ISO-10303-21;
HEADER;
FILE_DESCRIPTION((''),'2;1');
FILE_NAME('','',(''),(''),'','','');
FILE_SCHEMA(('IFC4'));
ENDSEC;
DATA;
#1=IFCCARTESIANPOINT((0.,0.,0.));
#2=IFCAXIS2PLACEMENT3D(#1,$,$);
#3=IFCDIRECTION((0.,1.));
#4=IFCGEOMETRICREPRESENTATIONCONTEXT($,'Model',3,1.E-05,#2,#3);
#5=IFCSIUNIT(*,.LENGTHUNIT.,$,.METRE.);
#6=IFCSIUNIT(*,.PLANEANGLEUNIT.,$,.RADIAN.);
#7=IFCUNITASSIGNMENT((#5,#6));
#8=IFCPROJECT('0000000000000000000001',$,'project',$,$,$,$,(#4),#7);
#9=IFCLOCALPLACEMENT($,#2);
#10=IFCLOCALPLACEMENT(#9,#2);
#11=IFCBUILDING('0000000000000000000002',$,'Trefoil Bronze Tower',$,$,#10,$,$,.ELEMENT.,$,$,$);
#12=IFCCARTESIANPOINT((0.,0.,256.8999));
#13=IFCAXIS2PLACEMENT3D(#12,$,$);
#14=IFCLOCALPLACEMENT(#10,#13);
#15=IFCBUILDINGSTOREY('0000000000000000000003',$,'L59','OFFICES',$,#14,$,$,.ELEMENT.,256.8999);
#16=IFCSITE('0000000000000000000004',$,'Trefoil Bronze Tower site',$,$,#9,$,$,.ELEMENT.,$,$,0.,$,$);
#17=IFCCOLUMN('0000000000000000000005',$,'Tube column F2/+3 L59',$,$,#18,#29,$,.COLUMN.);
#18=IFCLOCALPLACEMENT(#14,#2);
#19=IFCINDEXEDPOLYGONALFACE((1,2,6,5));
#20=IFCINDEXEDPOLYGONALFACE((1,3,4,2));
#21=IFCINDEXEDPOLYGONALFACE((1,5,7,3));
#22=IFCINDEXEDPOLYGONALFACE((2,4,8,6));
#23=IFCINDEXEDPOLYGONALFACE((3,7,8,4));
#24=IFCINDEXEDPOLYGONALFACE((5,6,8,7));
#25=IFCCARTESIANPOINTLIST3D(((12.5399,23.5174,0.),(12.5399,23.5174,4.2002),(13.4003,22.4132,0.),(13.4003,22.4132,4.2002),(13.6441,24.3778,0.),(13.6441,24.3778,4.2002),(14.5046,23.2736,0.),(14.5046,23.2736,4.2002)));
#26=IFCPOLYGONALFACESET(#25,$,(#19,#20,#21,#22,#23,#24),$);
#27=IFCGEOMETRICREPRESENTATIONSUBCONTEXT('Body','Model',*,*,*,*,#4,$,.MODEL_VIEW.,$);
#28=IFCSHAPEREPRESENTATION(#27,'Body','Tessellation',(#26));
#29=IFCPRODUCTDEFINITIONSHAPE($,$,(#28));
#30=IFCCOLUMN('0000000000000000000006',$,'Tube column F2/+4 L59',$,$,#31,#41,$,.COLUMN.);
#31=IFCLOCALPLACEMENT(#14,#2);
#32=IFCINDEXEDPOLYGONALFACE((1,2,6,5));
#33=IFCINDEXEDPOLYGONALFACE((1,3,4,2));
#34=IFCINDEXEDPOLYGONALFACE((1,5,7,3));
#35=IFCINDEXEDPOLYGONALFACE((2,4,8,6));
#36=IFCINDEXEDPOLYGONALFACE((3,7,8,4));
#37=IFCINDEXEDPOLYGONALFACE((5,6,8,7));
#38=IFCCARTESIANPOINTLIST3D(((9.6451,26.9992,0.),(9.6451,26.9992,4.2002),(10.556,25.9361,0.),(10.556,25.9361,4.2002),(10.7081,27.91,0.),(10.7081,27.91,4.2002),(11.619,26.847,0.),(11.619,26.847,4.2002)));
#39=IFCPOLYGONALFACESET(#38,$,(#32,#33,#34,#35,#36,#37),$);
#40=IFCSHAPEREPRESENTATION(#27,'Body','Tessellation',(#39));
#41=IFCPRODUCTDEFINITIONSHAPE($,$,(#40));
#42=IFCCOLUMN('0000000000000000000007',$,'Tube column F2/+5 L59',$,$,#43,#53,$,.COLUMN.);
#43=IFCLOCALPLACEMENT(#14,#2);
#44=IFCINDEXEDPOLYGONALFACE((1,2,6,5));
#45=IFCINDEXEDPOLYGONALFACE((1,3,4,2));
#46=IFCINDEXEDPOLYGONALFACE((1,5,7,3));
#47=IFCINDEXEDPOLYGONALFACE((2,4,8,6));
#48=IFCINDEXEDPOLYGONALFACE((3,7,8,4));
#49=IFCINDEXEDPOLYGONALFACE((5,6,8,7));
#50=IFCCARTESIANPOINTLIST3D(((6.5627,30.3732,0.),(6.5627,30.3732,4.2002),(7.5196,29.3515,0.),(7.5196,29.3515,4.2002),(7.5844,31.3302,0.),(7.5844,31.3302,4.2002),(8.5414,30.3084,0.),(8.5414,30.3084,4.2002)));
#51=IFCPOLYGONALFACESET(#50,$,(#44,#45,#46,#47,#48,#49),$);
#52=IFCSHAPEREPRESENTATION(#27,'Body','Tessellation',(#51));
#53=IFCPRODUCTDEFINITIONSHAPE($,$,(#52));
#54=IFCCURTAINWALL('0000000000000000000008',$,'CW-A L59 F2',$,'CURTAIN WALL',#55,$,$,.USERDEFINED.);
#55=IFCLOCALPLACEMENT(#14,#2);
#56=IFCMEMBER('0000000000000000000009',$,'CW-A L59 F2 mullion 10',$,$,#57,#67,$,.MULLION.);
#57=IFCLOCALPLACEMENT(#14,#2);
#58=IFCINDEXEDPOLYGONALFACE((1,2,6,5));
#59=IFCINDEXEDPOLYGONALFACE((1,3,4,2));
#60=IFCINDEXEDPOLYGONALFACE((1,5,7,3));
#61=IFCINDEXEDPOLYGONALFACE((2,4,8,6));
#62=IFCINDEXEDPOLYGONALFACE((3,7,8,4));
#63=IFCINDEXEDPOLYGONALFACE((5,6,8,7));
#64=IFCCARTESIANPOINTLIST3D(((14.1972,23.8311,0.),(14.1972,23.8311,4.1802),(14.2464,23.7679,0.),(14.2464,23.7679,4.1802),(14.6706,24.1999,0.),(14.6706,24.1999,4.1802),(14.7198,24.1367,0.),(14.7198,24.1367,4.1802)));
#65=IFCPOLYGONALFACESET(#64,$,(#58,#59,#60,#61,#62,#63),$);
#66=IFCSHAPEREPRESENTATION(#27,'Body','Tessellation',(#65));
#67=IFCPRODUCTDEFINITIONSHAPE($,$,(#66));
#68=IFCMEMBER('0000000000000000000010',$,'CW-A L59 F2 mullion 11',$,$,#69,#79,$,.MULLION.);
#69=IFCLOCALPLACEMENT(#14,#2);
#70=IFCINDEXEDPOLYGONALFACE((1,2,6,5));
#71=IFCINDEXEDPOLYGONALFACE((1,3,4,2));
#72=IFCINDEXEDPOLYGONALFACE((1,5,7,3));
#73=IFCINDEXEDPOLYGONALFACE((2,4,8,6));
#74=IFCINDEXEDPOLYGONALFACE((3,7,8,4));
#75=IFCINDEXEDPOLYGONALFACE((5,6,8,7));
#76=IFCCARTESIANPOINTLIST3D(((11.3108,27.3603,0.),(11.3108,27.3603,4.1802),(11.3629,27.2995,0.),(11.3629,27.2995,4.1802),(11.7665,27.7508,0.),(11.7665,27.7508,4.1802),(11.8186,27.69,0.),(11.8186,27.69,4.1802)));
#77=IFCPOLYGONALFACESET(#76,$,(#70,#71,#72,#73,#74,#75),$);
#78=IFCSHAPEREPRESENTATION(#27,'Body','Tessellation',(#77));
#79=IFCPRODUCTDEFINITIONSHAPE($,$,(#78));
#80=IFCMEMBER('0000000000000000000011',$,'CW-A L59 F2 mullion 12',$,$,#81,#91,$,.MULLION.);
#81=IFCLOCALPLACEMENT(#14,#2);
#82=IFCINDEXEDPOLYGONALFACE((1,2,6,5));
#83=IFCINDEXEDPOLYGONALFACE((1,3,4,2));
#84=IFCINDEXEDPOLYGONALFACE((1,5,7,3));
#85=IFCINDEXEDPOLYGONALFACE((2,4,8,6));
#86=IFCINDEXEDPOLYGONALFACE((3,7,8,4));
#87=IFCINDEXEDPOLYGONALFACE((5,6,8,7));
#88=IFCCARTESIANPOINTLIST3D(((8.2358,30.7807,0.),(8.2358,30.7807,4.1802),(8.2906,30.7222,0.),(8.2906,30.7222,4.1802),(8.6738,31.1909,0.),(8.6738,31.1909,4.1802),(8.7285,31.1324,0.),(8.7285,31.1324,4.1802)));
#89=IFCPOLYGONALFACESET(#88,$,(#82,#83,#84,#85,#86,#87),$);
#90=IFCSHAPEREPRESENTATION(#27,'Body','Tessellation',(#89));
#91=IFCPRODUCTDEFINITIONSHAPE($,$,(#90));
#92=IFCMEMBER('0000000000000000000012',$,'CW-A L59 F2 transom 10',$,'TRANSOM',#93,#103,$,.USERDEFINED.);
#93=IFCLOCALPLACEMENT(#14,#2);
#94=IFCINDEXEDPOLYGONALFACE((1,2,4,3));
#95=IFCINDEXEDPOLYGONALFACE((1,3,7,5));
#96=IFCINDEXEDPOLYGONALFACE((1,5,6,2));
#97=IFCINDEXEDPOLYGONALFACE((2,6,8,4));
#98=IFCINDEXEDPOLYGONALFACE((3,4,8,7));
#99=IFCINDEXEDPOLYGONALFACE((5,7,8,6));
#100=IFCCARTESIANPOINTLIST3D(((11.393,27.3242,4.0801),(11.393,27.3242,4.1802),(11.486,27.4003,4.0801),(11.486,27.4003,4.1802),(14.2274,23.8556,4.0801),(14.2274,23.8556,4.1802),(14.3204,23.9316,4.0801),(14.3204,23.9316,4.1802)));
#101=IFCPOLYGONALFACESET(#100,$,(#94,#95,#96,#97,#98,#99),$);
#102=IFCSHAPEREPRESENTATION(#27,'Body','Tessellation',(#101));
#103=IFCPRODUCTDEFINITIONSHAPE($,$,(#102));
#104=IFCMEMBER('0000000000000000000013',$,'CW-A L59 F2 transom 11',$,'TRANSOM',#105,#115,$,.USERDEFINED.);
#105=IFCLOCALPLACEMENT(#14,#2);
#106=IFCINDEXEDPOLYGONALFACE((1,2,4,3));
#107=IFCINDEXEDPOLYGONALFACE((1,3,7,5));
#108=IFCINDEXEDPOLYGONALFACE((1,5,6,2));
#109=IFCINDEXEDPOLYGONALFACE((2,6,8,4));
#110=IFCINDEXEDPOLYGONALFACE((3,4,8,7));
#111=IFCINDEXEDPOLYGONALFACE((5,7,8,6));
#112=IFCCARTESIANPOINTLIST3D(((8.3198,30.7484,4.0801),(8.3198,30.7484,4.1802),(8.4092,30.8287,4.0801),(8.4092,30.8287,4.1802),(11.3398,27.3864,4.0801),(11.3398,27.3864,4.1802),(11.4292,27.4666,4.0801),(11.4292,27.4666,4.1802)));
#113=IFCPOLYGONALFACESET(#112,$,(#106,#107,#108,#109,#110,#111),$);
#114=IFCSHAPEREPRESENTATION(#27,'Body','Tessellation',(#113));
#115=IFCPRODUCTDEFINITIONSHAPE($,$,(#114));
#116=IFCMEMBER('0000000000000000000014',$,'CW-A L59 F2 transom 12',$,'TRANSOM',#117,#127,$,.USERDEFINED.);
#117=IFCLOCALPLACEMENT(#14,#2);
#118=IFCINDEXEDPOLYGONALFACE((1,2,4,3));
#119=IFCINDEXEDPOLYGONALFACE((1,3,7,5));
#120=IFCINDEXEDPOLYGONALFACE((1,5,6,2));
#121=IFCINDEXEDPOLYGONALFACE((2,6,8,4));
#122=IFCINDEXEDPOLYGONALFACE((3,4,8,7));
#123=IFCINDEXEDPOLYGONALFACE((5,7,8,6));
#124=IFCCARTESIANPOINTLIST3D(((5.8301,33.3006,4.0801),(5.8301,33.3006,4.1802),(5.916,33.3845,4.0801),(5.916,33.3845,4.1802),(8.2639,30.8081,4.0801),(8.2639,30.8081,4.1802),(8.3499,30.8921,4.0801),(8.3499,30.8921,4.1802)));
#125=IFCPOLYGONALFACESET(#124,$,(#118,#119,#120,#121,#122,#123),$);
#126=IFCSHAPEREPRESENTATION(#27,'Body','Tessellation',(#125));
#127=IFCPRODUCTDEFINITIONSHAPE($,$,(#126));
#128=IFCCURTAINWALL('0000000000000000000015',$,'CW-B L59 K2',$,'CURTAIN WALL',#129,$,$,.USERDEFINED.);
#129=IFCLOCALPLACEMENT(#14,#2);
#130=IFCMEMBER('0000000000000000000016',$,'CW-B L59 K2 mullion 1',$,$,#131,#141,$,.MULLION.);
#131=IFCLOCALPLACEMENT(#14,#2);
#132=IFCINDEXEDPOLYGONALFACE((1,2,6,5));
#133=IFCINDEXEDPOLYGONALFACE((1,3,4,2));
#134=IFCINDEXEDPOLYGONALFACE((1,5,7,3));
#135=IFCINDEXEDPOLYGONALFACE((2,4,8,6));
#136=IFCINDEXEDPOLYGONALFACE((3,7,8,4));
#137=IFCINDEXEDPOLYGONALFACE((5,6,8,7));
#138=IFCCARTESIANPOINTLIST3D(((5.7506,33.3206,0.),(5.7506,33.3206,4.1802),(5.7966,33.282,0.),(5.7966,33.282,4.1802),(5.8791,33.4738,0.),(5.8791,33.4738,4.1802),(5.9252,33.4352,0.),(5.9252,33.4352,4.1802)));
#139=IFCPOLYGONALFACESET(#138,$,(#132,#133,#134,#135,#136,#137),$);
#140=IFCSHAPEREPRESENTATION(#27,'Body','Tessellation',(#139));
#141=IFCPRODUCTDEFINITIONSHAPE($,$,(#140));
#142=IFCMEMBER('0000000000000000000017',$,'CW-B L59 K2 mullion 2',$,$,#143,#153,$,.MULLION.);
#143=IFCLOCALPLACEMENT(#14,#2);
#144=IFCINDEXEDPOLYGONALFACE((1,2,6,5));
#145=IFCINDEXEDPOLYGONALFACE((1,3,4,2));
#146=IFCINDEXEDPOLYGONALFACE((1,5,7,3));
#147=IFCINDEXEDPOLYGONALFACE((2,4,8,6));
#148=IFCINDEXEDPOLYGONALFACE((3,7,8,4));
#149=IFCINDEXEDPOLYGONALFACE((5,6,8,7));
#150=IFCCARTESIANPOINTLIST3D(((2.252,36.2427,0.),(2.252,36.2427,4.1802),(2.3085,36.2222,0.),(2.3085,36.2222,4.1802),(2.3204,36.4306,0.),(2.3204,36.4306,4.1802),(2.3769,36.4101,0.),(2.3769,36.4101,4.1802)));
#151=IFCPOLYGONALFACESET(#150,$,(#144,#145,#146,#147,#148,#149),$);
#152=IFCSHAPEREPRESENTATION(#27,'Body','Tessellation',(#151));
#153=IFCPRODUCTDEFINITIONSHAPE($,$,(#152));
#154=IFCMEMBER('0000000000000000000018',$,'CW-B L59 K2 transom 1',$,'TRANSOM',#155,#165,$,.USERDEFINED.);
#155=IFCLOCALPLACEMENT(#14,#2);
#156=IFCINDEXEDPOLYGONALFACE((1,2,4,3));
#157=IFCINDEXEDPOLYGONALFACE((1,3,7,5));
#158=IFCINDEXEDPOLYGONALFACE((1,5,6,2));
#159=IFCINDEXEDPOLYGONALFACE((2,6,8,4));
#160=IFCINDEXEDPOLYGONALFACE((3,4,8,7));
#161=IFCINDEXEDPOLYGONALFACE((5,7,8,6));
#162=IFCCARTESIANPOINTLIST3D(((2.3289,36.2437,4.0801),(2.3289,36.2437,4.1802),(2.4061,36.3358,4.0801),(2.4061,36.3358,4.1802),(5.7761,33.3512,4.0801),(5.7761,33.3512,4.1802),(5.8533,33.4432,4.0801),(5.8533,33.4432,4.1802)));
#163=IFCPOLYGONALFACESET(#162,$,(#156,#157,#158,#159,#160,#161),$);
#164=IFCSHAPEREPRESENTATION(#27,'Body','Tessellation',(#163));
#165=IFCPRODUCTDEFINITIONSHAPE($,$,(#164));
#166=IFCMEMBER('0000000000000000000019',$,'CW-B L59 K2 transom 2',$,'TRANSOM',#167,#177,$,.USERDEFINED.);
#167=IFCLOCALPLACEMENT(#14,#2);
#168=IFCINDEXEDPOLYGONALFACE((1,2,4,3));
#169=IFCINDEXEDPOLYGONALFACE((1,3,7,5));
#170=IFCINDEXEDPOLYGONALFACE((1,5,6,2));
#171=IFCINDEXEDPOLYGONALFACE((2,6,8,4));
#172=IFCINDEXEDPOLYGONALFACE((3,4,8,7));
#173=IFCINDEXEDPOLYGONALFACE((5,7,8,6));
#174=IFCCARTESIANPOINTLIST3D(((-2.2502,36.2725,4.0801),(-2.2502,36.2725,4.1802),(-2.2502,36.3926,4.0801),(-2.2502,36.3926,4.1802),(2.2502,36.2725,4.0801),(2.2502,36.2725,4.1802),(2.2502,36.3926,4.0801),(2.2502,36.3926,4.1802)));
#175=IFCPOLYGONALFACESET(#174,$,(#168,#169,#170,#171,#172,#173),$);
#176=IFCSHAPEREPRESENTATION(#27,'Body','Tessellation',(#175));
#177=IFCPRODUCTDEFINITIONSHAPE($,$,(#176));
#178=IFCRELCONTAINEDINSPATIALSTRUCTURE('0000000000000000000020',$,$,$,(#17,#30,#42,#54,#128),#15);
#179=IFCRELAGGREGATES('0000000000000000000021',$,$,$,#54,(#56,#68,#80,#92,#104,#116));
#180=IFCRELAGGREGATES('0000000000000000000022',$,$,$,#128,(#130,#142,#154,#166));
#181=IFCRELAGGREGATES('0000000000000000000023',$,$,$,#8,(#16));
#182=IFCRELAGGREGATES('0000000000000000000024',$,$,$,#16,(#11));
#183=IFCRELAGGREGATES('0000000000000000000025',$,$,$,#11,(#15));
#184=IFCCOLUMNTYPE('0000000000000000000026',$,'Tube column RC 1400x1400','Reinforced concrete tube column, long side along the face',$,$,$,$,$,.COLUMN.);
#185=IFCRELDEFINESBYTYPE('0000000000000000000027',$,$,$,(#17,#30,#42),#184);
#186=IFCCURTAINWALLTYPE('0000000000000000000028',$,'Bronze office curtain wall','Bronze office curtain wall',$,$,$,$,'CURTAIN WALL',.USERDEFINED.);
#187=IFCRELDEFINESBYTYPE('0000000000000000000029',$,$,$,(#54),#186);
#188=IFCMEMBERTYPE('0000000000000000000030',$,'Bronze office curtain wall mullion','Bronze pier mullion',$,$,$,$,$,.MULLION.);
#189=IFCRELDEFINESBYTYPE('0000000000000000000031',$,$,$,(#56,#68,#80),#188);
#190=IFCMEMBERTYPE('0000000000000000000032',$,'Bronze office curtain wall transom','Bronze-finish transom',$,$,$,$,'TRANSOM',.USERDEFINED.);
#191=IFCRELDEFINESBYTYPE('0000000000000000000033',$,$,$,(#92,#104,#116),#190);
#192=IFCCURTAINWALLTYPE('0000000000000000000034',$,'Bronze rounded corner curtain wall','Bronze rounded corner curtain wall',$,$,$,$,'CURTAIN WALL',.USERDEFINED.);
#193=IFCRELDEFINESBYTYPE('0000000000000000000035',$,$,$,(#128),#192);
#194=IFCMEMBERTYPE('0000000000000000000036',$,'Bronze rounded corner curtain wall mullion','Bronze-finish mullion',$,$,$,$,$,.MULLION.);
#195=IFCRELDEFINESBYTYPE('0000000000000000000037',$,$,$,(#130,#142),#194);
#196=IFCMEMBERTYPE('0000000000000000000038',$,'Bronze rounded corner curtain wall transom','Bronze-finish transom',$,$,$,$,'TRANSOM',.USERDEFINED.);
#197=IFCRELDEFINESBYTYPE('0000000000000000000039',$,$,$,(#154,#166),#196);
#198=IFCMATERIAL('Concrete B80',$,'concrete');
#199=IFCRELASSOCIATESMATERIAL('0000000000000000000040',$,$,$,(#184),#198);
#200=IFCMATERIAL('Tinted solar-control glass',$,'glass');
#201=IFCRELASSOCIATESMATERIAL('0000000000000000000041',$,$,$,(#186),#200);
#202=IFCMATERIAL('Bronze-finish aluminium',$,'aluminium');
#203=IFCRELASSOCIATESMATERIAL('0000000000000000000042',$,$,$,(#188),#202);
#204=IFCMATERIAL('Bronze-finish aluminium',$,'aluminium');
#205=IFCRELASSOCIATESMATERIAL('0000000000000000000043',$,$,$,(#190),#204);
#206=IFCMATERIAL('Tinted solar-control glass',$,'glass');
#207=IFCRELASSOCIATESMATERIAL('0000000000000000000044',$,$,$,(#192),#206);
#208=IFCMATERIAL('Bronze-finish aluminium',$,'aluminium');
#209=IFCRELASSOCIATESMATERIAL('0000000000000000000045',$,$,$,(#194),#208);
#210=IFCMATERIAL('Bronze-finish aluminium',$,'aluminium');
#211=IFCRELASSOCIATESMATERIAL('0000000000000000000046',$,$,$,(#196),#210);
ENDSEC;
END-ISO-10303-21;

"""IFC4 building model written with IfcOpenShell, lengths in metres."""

from ifc_helpers import new_model, si_unit, direction, frame, origin, origin_2d, place, context, subcontext, project, spatial, rectangle, extrude, material, material_profile, profile_set, type_object, element, aggregate, save


model = new_model("IFC4")

# Units and contexts
model_context = context("Model", 3, precision=1e-05, world=origin(), true_north=direction((0.0, 1.0)))
body_context = subcontext(model_context, "Body", "Model", "MODEL_VIEW")
ifc_project = project(units=[si_unit("LENGTHUNIT", "METRE"), si_unit("PLANEANGLEUNIT", "RADIAN")], contexts=[model_context])

# Site, building, storey
site_placement = place(None, origin())
site = spatial("IfcSite", under=ifc_project, at=site_placement, Name="Trefoil Bronze Tower site", CompositionType="ELEMENT", RefElevation=0.0)
building_placement = place(site_placement, origin())
building = spatial("IfcBuilding", under=site, at=building_placement, Name="Trefoil Bronze Tower", CompositionType="ELEMENT")
storey_placement = place(building_placement, frame((0.0, 0.0, 256.8999)))
storey = spatial("IfcBuildingStorey", under=building, at=storey_placement, Name="L59", Description="OFFICES", CompositionType="ELEMENT", Elevation=256.8999)

# Columns
ifc_material_1 = material(Name="Concrete B80", Category="concrete")
ifc_material_profile_1 = material_profile(ifc_material_1, rectangle(XDim=1.3999, YDim=1.3999, at=origin_2d()), Name="RC 1400x1400")
ifc_profile_set_1 = profile_set([ifc_material_profile_1], Name="Concrete B80")
column_type = type_object("IfcColumnType", Name="Tube column RC 1400x1400", Description="Reinforced concrete tube column, long side along the face", PredefinedType="COLUMN", material=ifc_profile_set_1)
for number, where, z_axis, x_axis, name in (
    (1, (13.5222, 23.3955, 0.0), (0.0, 0.0, 1.0), (-0.614622, 0.788821, 0.0), "Tube column F2/+3 L59"),
    (2, (10.6321, 26.9231, 0.0), (0.0, 0.0, 1.0), (-0.650677, 0.759355, 0.0), "Tube column F2/+4 L59"),
    (3, (7.552, 30.3408, 0.0), (0.0, 0.0, 1.0), (-0.683597, 0.72986, 0.0), "Tube column F2/+5 L59"),
):
    element("IfcColumn", number, at=place(storey_placement, frame(where, z_axis=z_axis, x_axis=x_axis)), inside=storey, type_object=column_type, Name=name, PredefinedType="COLUMN", context=body_context, shape_type="SweptSolid", body=[
        extrude(rectangle(XDim=1.3999, YDim=1.3999, at=origin_2d()), origin(), (0.0, 0.0, 1.0), 4.2002),
    ])

# Curtain walls, members
ifc_material_2 = material(Name="Tinted solar-control glass", Category="glass")
curtain_wall_type_1 = type_object("IfcCurtainWallType", Name="Bronze office curtain wall", Description="Bronze office curtain wall", ElementType="CURTAIN WALL", PredefinedType="USERDEFINED", material=ifc_material_2)
curtain_wall_1_placement = place(storey_placement, origin())
curtain_wall_1 = element("IfcCurtainWall", 4, at=curtain_wall_1_placement, inside=storey, type_object=curtain_wall_type_1, Name="CW-A L59 F2", ObjectType="CURTAIN WALL", PredefinedType="USERDEFINED")
ifc_material_3 = material(Name="Bronze-finish aluminium", Category="aluminium")
ifc_material_profile_2 = material_profile(ifc_material_3, rectangle(XDim=0.6001, YDim=0.0801, at=origin_2d()), Name="CW-A mullion")
ifc_profile_set_2 = profile_set([ifc_material_profile_2], Name="Bronze-finish aluminium")
member_type_1 = type_object("IfcMemberType", Name="Bronze office curtain wall mullion", Description="Bronze pier mullion", PredefinedType="MULLION", material=ifc_profile_set_2)
member_1_placement = place(storey_placement, frame((14.4585, 23.9839, 0.0), z_axis=(0.0, 0.0, 1.0), x_axis=(-0.788821, -0.614622, 0.0)))
member_1 = element("IfcMember", 5, at=member_1_placement, type_object=member_type_1, Name="CW-A L59 F2 mullion 10", PredefinedType="MULLION", context=body_context, shape_type="SweptSolid", body=[
    extrude(rectangle(XDim=0.6001, YDim=0.0801, at=origin_2d()), origin(), (0.0, 0.0, 1.0), 4.1802),
])
member_2_placement = place(storey_placement, frame((11.5647, 27.5251, 0.0), z_axis=(0.0, 0.0, 1.0), x_axis=(-0.759355, -0.650677, 0.0)))
member_2 = element("IfcMember", 6, at=member_2_placement, type_object=member_type_1, Name="CW-A L59 F2 mullion 11", PredefinedType="MULLION", context=body_context, shape_type="SweptSolid", body=[
    extrude(rectangle(XDim=0.6001, YDim=0.0801, at=origin_2d()), origin(), (0.0, 0.0, 1.0), 4.1802),
])
member_3_placement = place(storey_placement, frame((8.4822, 30.9565, 0.0), z_axis=(0.0, 0.0, 1.0), x_axis=(-0.72986, -0.683597, 0.0)))
member_3 = element("IfcMember", 7, at=member_3_placement, type_object=member_type_1, Name="CW-A L59 F2 mullion 12", PredefinedType="MULLION", context=body_context, shape_type="SweptSolid", body=[
    extrude(rectangle(XDim=0.6001, YDim=0.0801, at=origin_2d()), origin(), (0.0, 0.0, 1.0), 4.1802),
])
ifc_material_4 = material(Name="Bronze-finish aluminium", Category="aluminium")
ifc_material_profile_3 = material_profile(ifc_material_4, rectangle(XDim=0.1201, YDim=0.1001, at=origin_2d()), Name="CW-A transom")
ifc_profile_set_3 = profile_set([ifc_material_profile_3], Name="Bronze-finish aluminium")
member_type_2 = type_object("IfcMemberType", Name="Bronze office curtain wall transom", Description="Bronze-finish transom", ElementType="TRANSOM", PredefinedType="USERDEFINED", material=ifc_profile_set_3)
member_4_placement = place(storey_placement, frame((14.2739, 23.8936, 4.1301), z_axis=(-0.632757, 0.774351, 0.0), x_axis=(-0.774351, -0.632757, 0.0)))
member_4 = element("IfcMember", 8, at=member_4_placement, type_object=member_type_2, Name="CW-A L59 F2 transom 10", ObjectType="TRANSOM", PredefinedType="USERDEFINED", context=body_context, shape_type="SweptSolid", body=[
    extrude(rectangle(XDim=0.1201, YDim=0.1001, at=origin_2d()), origin(), (0.0, 0.0, 1.0), 4.4795),
])
member_5_placement = place(storey_placement, frame((11.3845, 27.4265, 4.1301), z_axis=(-0.668251, 0.743936, 0.0), x_axis=(-0.743936, -0.668251, 0.0)))
member_5 = element("IfcMember", 9, at=member_5_placement, type_object=member_type_2, Name="CW-A L59 F2 transom 11", ObjectType="TRANSOM", PredefinedType="USERDEFINED", context=body_context, shape_type="SweptSolid", body=[
    extrude(rectangle(XDim=0.1201, YDim=0.1001, at=origin_2d()), origin(), (0.0, 0.0, 1.0), 4.5193),
])
member_6_placement = place(storey_placement, frame((8.3069, 30.8501, 4.1301), z_axis=(-0.698647, 0.715467, 0.0), x_axis=(-0.715467, -0.698647, 0.0)))
member_6 = element("IfcMember", 10, at=member_6_placement, type_object=member_type_2, Name="CW-A L59 F2 transom 12", ObjectType="TRANSOM", PredefinedType="USERDEFINED", context=body_context, shape_type="SweptSolid", body=[
    extrude(rectangle(XDim=0.1201, YDim=0.1001, at=origin_2d()), origin(), (0.0, 0.0, 1.0), 3.4836),
])
ifc_material_5 = material(Name="Tinted solar-control glass", Category="glass")
curtain_wall_type_2 = type_object("IfcCurtainWallType", Name="Bronze rounded corner curtain wall", Description="Bronze rounded corner curtain wall", ElementType="CURTAIN WALL", PredefinedType="USERDEFINED", material=ifc_material_5)
curtain_wall_2_placement = place(storey_placement, origin())
curtain_wall_2 = element("IfcCurtainWall", 11, at=curtain_wall_2_placement, inside=storey, type_object=curtain_wall_type_2, Name="CW-B L59 K2", ObjectType="CURTAIN WALL", PredefinedType="USERDEFINED")
ifc_material_6 = material(Name="Bronze-finish aluminium", Category="aluminium")
ifc_material_profile_4 = material_profile(ifc_material_6, rectangle(XDim=0.2, YDim=0.0601, at=origin_2d()), Name="CW-B mullion")
ifc_profile_set_4 = profile_set([ifc_material_profile_4], Name="Bronze-finish aluminium")
member_type_3 = type_object("IfcMemberType", Name="Bronze rounded corner curtain wall mullion", Description="Bronze-finish mullion", PredefinedType="MULLION", material=ifc_profile_set_4)
member_7_placement = place(storey_placement, frame((5.8379, 33.3779, 0.0), z_axis=(0.0, 0.0, 1.0), x_axis=(-0.642788, -0.766044, 0.0)))
member_7 = element("IfcMember", 12, at=member_7_placement, type_object=member_type_3, Name="CW-B L59 K2 mullion 1", PredefinedType="MULLION", context=body_context, shape_type="SweptSolid", body=[
    extrude(rectangle(XDim=0.2, YDim=0.0601, at=origin_2d()), origin(), (0.0, 0.0, 1.0), 4.1802),
])
member_8_placement = place(storey_placement, frame((2.3145, 36.3264, 0.0), z_axis=(0.0, 0.0, 1.0), x_axis=(-0.34202, -0.939693, 0.0)))
member_8 = element("IfcMember", 13, at=member_8_placement, type_object=member_type_3, Name="CW-B L59 K2 mullion 2", PredefinedType="MULLION", context=body_context, shape_type="SweptSolid", body=[
    extrude(rectangle(XDim=0.2, YDim=0.0601, at=origin_2d()), origin(), (0.0, 0.0, 1.0), 4.1802),
])
ifc_material_7 = material(Name="Bronze-finish aluminium", Category="aluminium")
ifc_material_profile_5 = material_profile(ifc_material_7, rectangle(XDim=0.1201, YDim=0.1001, at=origin_2d()), Name="CW-B transom")
ifc_profile_set_5 = profile_set([ifc_material_profile_5], Name="Bronze-finish aluminium")
member_type_4 = type_object("IfcMemberType", Name="Bronze rounded corner curtain wall transom", Description="Bronze-finish transom", ElementType="TRANSOM", PredefinedType="USERDEFINED", material=ifc_profile_set_5)
member_9_placement = place(storey_placement, frame((5.8147, 33.3972, 4.1301), z_axis=(-0.766047, 0.642785, 0.0), x_axis=(-0.642785, -0.766047, 0.0)))
member_9 = element("IfcMember", 14, at=member_9_placement, type_object=member_type_4, Name="CW-B L59 K2 transom 1", ObjectType="TRANSOM", PredefinedType="USERDEFINED", context=body_context, shape_type="SweptSolid", body=[
    extrude(rectangle(XDim=0.1201, YDim=0.1001, at=origin_2d()), origin(), (0.0, 0.0, 1.0), 4.5),
])
member_10_placement = place(storey_placement, frame((2.2502, 36.3325, 4.1301), z_axis=(-1.0, 0.0, 0.0), x_axis=(0.0, -1.0, 0.0)))
member_10 = element("IfcMember", 15, at=member_10_placement, type_object=member_type_4, Name="CW-B L59 K2 transom 2", ObjectType="TRANSOM", PredefinedType="USERDEFINED", context=body_context, shape_type="SweptSolid", body=[
    extrude(rectangle(XDim=0.1201, YDim=0.1001, at=origin_2d()), origin(), (0.0, 0.0, 1.0), 4.5005),
])

aggregate(curtain_wall_1, [member_1, member_2, member_3, member_4, member_5, member_6])
aggregate(curtain_wall_2, [member_7, member_8, member_9, member_10])

save(model, "model.ifc")
